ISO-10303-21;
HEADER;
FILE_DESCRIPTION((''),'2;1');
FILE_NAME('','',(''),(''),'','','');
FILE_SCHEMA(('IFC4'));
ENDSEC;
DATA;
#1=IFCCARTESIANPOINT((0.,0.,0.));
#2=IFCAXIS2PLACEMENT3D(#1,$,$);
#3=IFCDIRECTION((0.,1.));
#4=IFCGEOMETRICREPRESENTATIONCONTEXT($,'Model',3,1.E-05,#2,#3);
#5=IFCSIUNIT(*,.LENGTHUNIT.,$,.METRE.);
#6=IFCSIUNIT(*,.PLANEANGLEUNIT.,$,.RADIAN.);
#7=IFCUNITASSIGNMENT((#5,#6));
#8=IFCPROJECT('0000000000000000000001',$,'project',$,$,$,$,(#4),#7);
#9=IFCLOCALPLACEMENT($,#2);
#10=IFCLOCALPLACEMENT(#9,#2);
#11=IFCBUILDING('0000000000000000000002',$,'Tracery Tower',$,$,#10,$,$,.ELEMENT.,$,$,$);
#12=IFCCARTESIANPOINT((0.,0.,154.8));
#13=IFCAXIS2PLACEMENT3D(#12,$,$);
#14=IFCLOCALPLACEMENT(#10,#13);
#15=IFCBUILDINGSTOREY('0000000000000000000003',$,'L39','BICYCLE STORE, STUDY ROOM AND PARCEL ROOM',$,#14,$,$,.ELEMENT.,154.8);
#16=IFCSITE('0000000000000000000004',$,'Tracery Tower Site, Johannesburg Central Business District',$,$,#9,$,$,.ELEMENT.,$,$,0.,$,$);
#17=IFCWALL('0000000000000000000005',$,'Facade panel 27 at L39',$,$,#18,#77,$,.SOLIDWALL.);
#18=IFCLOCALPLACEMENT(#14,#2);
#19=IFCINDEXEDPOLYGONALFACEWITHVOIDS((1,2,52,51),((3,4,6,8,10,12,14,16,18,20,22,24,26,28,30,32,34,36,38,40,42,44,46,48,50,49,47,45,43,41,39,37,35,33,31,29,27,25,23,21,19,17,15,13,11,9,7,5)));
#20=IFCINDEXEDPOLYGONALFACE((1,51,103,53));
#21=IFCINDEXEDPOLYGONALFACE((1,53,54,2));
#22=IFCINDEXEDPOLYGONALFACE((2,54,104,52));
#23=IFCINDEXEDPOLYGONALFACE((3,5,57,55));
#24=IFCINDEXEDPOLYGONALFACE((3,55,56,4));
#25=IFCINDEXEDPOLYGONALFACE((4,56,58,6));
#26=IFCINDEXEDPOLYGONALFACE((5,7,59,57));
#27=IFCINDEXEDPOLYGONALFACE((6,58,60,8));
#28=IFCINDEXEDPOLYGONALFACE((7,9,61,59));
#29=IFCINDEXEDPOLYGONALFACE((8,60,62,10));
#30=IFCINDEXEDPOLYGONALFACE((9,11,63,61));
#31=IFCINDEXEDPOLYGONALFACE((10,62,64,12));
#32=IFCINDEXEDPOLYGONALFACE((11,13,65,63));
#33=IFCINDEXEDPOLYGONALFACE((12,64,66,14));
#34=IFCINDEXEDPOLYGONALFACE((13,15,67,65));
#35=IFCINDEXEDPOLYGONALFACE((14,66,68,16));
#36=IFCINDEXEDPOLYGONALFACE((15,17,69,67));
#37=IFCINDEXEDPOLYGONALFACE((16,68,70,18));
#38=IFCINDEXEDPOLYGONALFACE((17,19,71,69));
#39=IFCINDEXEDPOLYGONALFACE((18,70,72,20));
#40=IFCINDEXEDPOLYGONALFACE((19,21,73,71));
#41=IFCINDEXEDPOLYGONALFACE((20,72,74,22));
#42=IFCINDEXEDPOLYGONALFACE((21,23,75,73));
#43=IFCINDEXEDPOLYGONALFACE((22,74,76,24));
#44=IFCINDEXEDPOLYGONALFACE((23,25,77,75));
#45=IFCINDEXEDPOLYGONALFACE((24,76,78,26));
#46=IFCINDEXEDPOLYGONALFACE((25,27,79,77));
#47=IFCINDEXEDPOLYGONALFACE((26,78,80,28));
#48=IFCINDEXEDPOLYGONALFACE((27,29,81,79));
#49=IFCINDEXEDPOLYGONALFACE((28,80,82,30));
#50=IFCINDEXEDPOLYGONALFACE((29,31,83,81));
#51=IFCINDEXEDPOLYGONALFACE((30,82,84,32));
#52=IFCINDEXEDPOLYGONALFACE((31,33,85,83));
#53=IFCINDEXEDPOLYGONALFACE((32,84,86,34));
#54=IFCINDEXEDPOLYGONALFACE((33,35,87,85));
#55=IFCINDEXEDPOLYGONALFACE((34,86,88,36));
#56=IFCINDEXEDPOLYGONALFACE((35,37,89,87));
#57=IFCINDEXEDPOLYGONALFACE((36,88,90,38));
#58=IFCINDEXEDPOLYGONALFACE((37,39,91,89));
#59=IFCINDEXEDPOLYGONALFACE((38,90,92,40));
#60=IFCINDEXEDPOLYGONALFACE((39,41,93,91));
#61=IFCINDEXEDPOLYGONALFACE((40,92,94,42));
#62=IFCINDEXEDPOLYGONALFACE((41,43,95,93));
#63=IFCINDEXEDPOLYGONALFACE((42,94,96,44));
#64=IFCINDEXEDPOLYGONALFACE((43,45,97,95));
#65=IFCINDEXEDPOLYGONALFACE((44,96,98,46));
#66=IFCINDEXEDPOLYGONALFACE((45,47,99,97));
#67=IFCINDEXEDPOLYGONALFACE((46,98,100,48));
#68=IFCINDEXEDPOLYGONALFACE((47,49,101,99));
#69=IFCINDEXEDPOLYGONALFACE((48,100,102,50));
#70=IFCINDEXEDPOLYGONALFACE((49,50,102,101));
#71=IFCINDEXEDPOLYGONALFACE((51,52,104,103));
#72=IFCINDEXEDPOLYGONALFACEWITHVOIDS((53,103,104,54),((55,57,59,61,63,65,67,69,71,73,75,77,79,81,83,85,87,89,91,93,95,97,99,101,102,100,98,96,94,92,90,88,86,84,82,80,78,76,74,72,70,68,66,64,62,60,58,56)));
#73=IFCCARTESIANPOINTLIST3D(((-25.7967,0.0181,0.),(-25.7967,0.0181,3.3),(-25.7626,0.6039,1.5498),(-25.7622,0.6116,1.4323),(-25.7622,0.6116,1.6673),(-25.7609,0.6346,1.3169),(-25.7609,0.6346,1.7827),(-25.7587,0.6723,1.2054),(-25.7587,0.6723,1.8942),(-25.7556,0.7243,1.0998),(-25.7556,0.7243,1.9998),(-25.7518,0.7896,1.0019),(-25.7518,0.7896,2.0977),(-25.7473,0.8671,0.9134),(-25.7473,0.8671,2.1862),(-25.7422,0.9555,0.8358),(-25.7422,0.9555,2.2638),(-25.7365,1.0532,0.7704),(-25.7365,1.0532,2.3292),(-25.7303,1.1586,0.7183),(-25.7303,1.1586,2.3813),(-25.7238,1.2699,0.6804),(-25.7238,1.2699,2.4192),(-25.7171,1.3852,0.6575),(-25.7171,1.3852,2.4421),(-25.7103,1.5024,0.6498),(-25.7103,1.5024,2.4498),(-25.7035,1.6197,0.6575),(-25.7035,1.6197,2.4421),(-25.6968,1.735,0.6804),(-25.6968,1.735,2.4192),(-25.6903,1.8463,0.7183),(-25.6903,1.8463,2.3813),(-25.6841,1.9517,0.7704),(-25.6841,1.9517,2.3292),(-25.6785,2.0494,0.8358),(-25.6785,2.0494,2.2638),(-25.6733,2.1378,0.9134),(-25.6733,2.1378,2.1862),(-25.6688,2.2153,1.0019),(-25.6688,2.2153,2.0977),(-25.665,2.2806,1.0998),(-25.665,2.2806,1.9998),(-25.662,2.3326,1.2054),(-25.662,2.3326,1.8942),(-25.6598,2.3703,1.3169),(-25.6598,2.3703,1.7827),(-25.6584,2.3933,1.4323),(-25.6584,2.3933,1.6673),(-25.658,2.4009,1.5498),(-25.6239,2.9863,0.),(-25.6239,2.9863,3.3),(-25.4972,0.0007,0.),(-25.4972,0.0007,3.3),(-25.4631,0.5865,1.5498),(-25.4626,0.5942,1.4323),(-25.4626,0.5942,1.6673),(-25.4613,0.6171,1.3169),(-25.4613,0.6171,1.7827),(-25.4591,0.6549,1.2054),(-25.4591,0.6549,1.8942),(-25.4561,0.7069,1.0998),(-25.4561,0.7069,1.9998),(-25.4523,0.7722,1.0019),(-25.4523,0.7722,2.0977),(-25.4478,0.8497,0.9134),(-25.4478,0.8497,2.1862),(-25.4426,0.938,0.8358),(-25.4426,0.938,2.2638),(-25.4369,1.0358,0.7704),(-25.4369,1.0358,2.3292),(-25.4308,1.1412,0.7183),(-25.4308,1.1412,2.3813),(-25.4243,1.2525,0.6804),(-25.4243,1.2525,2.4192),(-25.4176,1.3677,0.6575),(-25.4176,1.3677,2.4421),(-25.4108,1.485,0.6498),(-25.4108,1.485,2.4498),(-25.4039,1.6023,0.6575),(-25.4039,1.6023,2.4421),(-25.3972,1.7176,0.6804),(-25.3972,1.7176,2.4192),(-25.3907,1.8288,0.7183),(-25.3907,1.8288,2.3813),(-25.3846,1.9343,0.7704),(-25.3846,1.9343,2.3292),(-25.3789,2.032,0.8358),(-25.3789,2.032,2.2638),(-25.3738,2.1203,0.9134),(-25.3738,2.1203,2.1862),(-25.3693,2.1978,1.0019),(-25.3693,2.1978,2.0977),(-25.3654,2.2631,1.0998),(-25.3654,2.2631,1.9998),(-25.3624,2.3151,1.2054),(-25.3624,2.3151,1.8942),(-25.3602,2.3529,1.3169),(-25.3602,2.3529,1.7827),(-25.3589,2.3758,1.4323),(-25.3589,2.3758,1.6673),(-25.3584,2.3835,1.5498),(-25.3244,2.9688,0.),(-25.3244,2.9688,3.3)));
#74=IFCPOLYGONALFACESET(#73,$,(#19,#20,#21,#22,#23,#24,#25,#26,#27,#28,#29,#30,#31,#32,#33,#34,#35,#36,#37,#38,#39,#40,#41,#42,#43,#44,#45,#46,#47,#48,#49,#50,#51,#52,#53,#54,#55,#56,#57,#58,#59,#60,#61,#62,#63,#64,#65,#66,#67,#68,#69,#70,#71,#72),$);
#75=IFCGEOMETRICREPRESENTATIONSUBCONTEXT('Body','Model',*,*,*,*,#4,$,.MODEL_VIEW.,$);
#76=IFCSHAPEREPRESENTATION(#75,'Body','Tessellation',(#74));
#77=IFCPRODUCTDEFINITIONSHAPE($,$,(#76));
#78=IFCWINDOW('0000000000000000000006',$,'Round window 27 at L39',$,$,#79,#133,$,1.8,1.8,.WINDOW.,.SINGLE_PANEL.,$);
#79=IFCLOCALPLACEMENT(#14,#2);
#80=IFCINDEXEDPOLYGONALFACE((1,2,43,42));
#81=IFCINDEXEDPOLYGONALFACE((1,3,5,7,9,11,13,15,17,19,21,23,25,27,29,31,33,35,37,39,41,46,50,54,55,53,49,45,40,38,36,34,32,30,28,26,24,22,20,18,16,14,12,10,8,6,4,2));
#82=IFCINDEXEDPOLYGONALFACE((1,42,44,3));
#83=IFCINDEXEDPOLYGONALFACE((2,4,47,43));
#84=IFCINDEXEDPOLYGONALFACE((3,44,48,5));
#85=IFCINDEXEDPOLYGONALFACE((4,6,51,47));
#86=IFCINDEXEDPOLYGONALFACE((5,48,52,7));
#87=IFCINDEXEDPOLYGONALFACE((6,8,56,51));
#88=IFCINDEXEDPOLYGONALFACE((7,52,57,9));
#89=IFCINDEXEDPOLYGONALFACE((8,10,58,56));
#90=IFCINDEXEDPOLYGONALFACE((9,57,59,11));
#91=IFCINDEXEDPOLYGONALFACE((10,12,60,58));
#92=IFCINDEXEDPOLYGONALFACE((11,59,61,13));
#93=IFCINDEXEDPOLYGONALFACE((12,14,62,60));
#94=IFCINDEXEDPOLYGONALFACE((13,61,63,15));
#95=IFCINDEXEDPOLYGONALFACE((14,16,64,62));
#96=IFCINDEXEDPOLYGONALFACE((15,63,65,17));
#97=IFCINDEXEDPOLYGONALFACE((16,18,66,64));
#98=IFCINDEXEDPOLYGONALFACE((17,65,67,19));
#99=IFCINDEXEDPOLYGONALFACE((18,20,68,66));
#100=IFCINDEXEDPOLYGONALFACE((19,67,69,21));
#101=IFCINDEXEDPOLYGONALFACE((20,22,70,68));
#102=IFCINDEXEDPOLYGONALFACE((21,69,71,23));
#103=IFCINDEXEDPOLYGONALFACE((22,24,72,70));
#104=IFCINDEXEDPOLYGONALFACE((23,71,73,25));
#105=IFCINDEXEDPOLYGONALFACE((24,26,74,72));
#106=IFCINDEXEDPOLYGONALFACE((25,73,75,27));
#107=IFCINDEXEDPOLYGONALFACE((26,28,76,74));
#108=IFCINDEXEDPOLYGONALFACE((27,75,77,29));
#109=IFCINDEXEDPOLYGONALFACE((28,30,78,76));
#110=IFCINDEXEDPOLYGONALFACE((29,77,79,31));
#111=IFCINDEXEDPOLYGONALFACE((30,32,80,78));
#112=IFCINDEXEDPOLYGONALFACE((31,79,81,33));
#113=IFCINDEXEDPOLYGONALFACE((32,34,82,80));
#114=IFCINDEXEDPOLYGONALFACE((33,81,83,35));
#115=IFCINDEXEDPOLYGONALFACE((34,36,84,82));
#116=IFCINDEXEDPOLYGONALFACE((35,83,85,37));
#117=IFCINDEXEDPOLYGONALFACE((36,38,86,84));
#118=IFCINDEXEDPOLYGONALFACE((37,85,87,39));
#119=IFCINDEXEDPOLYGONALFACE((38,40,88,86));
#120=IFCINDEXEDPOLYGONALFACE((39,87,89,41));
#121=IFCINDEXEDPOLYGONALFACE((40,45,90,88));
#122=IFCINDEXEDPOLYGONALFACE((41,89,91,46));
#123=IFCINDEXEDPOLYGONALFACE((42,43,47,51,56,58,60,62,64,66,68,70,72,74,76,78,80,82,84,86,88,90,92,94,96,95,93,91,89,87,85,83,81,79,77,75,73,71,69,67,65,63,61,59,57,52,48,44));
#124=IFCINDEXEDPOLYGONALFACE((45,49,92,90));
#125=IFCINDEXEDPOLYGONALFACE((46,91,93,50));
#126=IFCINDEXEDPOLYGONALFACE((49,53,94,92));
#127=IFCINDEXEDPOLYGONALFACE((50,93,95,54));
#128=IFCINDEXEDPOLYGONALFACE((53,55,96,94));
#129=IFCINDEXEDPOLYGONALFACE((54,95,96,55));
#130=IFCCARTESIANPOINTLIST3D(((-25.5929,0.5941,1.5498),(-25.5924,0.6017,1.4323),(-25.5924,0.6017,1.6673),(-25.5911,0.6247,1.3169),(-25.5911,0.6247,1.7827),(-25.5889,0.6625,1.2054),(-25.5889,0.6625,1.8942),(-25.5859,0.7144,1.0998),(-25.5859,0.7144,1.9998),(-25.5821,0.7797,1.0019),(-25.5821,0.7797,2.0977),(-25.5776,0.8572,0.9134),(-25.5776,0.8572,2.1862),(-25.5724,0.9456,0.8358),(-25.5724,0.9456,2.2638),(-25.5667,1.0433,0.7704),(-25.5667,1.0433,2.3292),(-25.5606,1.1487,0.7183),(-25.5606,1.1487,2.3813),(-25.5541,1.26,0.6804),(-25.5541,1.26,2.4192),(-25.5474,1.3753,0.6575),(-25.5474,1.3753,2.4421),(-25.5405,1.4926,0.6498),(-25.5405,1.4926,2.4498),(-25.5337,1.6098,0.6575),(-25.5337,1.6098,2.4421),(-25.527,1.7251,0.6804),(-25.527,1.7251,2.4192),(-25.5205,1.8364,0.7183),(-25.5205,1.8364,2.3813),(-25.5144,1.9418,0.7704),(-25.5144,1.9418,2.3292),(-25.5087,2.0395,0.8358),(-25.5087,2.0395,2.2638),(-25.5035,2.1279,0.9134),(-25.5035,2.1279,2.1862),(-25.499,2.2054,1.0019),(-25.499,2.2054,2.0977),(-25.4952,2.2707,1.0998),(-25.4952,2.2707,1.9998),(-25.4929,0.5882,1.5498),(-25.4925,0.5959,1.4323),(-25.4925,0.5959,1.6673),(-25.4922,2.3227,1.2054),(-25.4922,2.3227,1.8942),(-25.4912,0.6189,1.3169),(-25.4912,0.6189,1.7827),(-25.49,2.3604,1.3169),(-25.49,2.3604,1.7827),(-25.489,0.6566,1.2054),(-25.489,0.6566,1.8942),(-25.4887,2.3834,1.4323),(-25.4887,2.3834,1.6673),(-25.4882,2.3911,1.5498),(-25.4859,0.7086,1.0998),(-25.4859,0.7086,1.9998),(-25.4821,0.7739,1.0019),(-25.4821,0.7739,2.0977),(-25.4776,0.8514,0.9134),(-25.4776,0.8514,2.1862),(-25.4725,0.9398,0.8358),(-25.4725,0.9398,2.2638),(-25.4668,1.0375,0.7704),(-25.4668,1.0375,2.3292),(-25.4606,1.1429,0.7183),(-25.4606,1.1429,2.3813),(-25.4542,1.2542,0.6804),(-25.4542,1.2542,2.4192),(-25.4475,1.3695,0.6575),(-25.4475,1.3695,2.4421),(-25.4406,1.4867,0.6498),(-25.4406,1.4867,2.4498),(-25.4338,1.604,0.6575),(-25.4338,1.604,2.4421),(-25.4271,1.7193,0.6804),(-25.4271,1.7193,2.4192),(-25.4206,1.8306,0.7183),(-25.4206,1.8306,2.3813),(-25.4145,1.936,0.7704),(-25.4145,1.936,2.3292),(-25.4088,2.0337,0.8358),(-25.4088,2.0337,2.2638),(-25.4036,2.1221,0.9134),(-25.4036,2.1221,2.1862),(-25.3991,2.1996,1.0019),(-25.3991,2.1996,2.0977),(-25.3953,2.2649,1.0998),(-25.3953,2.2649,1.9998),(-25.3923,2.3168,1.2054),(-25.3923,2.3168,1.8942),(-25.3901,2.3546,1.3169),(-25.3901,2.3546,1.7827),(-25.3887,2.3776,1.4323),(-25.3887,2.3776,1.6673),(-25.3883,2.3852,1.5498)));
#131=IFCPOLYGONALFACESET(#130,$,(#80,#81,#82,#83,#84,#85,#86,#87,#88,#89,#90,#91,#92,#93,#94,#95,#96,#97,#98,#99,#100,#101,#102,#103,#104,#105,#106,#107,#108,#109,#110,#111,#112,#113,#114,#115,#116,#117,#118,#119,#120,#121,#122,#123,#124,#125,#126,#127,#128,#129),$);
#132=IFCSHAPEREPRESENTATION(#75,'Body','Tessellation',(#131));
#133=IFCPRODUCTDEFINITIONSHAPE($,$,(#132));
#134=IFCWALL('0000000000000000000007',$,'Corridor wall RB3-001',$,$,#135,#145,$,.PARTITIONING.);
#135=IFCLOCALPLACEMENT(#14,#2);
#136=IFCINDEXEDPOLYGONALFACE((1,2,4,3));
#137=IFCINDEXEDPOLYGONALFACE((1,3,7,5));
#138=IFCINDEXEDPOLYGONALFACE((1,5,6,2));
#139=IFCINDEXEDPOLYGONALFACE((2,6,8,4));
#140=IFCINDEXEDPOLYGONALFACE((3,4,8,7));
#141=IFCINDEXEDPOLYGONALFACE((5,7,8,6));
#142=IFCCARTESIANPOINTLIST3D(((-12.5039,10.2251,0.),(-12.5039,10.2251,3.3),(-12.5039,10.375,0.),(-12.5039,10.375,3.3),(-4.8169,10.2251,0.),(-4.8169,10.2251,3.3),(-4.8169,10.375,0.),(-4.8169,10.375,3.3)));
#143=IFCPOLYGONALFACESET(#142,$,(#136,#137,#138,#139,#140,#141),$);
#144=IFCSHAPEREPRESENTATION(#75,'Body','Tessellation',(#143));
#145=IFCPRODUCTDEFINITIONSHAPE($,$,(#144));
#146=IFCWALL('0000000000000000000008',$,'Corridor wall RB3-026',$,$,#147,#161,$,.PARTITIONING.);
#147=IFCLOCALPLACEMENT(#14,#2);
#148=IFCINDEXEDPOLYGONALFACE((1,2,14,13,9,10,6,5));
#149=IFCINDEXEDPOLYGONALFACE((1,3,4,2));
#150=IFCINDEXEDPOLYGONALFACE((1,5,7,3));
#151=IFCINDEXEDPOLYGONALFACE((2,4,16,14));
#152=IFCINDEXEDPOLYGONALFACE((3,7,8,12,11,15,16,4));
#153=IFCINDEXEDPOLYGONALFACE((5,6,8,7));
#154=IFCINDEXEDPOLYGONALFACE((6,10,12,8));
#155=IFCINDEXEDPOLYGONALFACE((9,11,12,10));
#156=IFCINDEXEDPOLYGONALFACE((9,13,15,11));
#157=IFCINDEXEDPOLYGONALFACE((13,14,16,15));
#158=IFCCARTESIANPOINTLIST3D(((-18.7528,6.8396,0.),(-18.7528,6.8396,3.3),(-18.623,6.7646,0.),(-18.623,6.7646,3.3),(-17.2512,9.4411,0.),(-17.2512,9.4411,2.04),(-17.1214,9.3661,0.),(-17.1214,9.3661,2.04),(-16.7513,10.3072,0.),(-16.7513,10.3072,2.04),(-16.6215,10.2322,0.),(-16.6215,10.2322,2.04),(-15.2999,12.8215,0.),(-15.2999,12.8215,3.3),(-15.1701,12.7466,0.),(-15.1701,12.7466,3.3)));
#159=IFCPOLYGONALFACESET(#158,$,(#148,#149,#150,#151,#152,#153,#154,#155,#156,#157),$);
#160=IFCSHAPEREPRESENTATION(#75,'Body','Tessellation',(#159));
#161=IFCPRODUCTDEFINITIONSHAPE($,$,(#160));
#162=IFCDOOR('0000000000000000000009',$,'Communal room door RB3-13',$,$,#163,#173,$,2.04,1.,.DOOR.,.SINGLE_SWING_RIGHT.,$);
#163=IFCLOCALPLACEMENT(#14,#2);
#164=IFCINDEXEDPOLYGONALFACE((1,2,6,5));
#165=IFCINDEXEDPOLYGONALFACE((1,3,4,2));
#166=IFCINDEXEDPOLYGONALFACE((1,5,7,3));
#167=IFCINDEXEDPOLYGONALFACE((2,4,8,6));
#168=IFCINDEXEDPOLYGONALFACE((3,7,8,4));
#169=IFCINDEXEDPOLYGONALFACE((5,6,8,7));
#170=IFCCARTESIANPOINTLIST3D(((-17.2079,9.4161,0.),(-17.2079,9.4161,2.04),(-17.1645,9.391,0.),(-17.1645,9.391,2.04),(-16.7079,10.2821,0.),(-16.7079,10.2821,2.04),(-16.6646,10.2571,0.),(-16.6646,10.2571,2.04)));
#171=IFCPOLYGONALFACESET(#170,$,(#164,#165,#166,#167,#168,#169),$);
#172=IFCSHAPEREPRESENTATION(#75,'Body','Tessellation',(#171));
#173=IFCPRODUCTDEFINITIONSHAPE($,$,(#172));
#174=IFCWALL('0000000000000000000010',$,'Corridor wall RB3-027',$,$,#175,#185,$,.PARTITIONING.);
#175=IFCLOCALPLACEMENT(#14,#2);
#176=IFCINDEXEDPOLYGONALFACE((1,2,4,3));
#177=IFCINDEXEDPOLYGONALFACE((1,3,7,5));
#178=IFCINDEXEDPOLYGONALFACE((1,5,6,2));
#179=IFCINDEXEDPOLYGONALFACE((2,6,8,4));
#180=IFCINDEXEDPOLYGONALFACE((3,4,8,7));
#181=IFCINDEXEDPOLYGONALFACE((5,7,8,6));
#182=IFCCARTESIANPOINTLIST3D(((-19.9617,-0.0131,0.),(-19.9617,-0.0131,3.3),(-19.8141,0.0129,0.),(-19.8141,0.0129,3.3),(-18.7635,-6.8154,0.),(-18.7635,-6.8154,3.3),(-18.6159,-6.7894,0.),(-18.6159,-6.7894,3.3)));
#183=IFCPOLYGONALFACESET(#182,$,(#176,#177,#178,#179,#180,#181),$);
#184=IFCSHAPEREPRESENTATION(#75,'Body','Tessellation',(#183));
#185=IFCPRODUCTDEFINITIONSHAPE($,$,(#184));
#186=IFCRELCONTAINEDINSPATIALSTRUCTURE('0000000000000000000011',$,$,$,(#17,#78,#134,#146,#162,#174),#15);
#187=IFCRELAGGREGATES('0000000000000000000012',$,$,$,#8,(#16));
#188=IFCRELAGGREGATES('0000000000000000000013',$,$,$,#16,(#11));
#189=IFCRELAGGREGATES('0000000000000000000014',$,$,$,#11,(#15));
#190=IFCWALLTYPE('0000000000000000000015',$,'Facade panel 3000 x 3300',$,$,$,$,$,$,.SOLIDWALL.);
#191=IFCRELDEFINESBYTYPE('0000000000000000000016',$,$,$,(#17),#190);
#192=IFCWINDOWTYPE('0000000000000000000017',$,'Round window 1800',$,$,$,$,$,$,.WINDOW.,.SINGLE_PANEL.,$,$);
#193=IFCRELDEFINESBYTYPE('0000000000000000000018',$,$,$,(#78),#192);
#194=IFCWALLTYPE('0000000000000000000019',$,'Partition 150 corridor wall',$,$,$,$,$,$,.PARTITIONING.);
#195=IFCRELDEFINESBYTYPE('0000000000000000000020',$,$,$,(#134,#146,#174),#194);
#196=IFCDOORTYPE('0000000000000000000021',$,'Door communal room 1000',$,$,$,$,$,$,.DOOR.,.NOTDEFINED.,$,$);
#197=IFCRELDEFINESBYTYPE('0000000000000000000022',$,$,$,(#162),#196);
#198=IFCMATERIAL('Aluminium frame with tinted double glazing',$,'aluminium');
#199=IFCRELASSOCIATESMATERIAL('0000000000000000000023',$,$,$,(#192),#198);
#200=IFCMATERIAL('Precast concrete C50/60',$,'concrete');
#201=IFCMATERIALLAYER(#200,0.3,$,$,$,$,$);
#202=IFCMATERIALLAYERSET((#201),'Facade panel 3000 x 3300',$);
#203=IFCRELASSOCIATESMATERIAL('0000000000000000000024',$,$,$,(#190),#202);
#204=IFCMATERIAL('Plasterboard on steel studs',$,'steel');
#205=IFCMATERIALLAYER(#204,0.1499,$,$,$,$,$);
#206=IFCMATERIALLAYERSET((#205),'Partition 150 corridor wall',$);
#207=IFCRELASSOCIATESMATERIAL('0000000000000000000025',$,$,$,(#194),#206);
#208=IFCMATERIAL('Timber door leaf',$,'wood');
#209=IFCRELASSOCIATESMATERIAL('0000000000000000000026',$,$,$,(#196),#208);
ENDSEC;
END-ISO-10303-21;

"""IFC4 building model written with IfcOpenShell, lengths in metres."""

from ifc_helpers import new_model, si_unit, direction, frame, frame_2d, origin, origin_2d, place, context, subcontext, project, spatial, rectangle, circle, extrude, material, layer, layer_set, type_object, element, fill, save


model = new_model("IFC4")

# Units and contexts
model_context = context("Model", 3, precision=1e-05, world=origin(), true_north=direction((0.0, 1.0)))
body_context = subcontext(model_context, "Body", "Model", "MODEL_VIEW")
ifc_project = project(units=[si_unit("LENGTHUNIT", "METRE"), si_unit("PLANEANGLEUNIT", "RADIAN")], contexts=[model_context])

# Site, building, storey
site_placement = place(None, origin())
site = spatial("IfcSite", under=ifc_project, at=site_placement, Name="Tracery Tower Site, Johannesburg Central Business District", CompositionType="ELEMENT", RefElevation=0.0)
building_placement = place(site_placement, origin())
building = spatial("IfcBuilding", under=site, at=building_placement, Name="Tracery Tower", CompositionType="ELEMENT")
storey_placement = place(building_placement, frame((0.0, 0.0, 154.8)))
storey = spatial("IfcBuildingStorey", under=building, at=storey_placement, Name="L39", Description="BICYCLE STORE, STUDY ROOM AND PARCEL ROOM", CompositionType="ELEMENT", Elevation=154.8)

# Wall, opening, window
ifc_material_1 = material(Name="Aluminium frame with tinted double glazing", Category="aluminium")
window_type = type_object("IfcWindowType", Name="Round window 1800", PartitioningType="SINGLE_PANEL", PredefinedType="WINDOW", material=ifc_material_1)
ifc_material_2 = material(Name="Precast concrete C50/60", Category="concrete")
ifc_layer_1 = layer(ifc_material_2, 0.3)
ifc_layer_set_1 = layer_set([ifc_layer_1], Name="Facade panel 3000 x 3300")
wall_type_1 = type_object("IfcWallType", Name="Facade panel 3000 x 3300", PredefinedType="SOLIDWALL", material=ifc_layer_set_1)
wall_1_placement = place(storey_placement, frame((-25.4741, 2.9775, 0.0), z_axis=(0.0, 0.0, 1.0), x_axis=(-0.05814, -0.998308, 0.0)))
wall_1 = element("IfcWall", 1, at=wall_1_placement, inside=storey, type_object=wall_type_1, Name="Facade panel 27 at L39", PredefinedType="SOLIDWALL", context=body_context, shape_type="SweptSolid", body=[
    extrude(rectangle(XDim=2.9731, YDim=0.3, at=frame_2d((1.4866, 0.0))), origin(), (0.0, 0.0, 1.0), 3.3),
])
opening_1_placement = place(wall_1_placement, frame((1.4863, 0.0, 1.5498)))
opening_1 = element("IfcOpeningElement", 2, at=opening_1_placement, cuts=wall_1, PredefinedType="OPENING", context=body_context, shape_type="SweptSolid", body=[
    extrude(circle(Radius=0.9, at=origin_2d()), frame((0.0, 0.1599, 0.0), z_axis=(0.0, -1.0, 0.0), x_axis=(1.0, 0.0, 0.0)), (0.0, 0.0, 1.0), 0.3201),
])
window_1_placement = place(opening_1_placement, origin())
window_1 = element("IfcWindow", 3, at=window_1_placement, inside=storey, type_object=window_type, Name="Round window 27 at L39", OverallHeight=1.8, OverallWidth=1.8, PartitioningType="SINGLE_PANEL", PredefinedType="WINDOW", context=body_context, shape_type="SweptSolid", body=[
    extrude(circle(Radius=0.9, at=origin_2d()), frame((0.0, 0.1201, 0.0), z_axis=(0.0, -1.0, 0.0), x_axis=(1.0, 0.0, 0.0)), (0.0, 0.0, 1.0), 0.1001),
])
fill(opening_1, window_1)

# Wall
ifc_material_3 = material(Name="Plasterboard on steel studs", Category="steel")
ifc_layer_2 = layer(ifc_material_3, 0.1499)
ifc_layer_set_2 = layer_set([ifc_layer_2], Name="Partition 150 corridor wall")
wall_type_2 = type_object("IfcWallType", Name="Partition 150 corridor wall", PredefinedType="PARTITIONING", material=ifc_layer_set_2)
wall_2_placement = place(storey_placement, frame((-12.5039, 10.3, 0.0), z_axis=(0.0, 0.0, 1.0), x_axis=(1.0, 0.0, 0.0)))
element("IfcWall", 4, at=wall_2_placement, inside=storey, type_object=wall_type_2, Name="Corridor wall RB3-001", PredefinedType="PARTITIONING", context=body_context, shape_type="SweptSolid", body=[
    extrude(rectangle(XDim=7.687, YDim=0.1499, at=frame_2d((3.8435, 0.0))), origin(), (0.0, 0.0, 1.0), 3.3),
])

# Wall, opening, door
wall_3_placement = place(storey_placement, frame((-18.688, 6.802, 0.0), z_axis=(0.0, 0.0, 1.0), x_axis=(0.499914, 0.866075, 0.0)))
wall_3 = element("IfcWall", 5, at=wall_3_placement, inside=storey, type_object=wall_type_2, Name="Corridor wall RB3-026", PredefinedType="PARTITIONING", context=body_context, shape_type="SweptSolid", body=[
    extrude(rectangle(XDim=6.907, YDim=0.1499, at=frame_2d((3.4536, 0.0))), origin(), (0.0, 0.0, 1.0), 3.3),
])
opening_2_placement = place(wall_3_placement, frame((3.0039, 0.0, 0.0)))
opening_2 = element("IfcOpeningElement", 6, at=opening_2_placement, cuts=wall_3, PredefinedType="OPENING", context=body_context, shape_type="SweptSolid", body=[
    extrude(rectangle(XDim=1.0, YDim=2.04, at=frame_2d((0.5, 1.02))), frame((0.0, 0.075, 0.0), z_axis=(0.0, -1.0, 0.0), x_axis=(1.0, 0.0, 0.0)), (0.0, 0.0, 1.0), 0.1499),
])
ifc_material_4 = material(Name="Timber door leaf", Category="wood")
door_type_1 = type_object("IfcDoorType", Name="Door communal room 1000", OperationType="NOTDEFINED", PredefinedType="DOOR", material=ifc_material_4)
door_1_placement = place(opening_2_placement, origin())
door_1 = element("IfcDoor", 7, at=door_1_placement, inside=storey, type_object=door_type_1, Name="Communal room door RB3-13", OperationType="SINGLE_SWING_RIGHT", OverallHeight=2.04, OverallWidth=1.0, PredefinedType="DOOR", context=body_context, shape_type="SweptSolid", body=[
    extrude(rectangle(XDim=1.0, YDim=2.04, at=frame_2d((0.5, 1.02))), frame((0.0, 0.0249, 0.0), z_axis=(0.0, -1.0, 0.0), x_axis=(1.0, 0.0, 0.0)), (0.0, 0.0, 1.0), 0.05),
])
fill(opening_2, door_1)

# Wall
wall_4_placement = place(storey_placement, frame((-19.8879, 0.0, 0.0), z_axis=(0.0, 0.0, 1.0), x_axis=(0.173483, -0.984837, 0.0)))
element("IfcWall", 8, at=wall_4_placement, inside=storey, type_object=wall_type_2, Name="Corridor wall RB3-027", PredefinedType="PARTITIONING", context=body_context, shape_type="SweptSolid", body=[
    extrude(rectangle(XDim=6.907, YDim=0.1499, at=frame_2d((3.4536, 0.0))), origin(), (0.0, 0.0, 1.0), 3.3),
])

save(model, "model.ifc")
